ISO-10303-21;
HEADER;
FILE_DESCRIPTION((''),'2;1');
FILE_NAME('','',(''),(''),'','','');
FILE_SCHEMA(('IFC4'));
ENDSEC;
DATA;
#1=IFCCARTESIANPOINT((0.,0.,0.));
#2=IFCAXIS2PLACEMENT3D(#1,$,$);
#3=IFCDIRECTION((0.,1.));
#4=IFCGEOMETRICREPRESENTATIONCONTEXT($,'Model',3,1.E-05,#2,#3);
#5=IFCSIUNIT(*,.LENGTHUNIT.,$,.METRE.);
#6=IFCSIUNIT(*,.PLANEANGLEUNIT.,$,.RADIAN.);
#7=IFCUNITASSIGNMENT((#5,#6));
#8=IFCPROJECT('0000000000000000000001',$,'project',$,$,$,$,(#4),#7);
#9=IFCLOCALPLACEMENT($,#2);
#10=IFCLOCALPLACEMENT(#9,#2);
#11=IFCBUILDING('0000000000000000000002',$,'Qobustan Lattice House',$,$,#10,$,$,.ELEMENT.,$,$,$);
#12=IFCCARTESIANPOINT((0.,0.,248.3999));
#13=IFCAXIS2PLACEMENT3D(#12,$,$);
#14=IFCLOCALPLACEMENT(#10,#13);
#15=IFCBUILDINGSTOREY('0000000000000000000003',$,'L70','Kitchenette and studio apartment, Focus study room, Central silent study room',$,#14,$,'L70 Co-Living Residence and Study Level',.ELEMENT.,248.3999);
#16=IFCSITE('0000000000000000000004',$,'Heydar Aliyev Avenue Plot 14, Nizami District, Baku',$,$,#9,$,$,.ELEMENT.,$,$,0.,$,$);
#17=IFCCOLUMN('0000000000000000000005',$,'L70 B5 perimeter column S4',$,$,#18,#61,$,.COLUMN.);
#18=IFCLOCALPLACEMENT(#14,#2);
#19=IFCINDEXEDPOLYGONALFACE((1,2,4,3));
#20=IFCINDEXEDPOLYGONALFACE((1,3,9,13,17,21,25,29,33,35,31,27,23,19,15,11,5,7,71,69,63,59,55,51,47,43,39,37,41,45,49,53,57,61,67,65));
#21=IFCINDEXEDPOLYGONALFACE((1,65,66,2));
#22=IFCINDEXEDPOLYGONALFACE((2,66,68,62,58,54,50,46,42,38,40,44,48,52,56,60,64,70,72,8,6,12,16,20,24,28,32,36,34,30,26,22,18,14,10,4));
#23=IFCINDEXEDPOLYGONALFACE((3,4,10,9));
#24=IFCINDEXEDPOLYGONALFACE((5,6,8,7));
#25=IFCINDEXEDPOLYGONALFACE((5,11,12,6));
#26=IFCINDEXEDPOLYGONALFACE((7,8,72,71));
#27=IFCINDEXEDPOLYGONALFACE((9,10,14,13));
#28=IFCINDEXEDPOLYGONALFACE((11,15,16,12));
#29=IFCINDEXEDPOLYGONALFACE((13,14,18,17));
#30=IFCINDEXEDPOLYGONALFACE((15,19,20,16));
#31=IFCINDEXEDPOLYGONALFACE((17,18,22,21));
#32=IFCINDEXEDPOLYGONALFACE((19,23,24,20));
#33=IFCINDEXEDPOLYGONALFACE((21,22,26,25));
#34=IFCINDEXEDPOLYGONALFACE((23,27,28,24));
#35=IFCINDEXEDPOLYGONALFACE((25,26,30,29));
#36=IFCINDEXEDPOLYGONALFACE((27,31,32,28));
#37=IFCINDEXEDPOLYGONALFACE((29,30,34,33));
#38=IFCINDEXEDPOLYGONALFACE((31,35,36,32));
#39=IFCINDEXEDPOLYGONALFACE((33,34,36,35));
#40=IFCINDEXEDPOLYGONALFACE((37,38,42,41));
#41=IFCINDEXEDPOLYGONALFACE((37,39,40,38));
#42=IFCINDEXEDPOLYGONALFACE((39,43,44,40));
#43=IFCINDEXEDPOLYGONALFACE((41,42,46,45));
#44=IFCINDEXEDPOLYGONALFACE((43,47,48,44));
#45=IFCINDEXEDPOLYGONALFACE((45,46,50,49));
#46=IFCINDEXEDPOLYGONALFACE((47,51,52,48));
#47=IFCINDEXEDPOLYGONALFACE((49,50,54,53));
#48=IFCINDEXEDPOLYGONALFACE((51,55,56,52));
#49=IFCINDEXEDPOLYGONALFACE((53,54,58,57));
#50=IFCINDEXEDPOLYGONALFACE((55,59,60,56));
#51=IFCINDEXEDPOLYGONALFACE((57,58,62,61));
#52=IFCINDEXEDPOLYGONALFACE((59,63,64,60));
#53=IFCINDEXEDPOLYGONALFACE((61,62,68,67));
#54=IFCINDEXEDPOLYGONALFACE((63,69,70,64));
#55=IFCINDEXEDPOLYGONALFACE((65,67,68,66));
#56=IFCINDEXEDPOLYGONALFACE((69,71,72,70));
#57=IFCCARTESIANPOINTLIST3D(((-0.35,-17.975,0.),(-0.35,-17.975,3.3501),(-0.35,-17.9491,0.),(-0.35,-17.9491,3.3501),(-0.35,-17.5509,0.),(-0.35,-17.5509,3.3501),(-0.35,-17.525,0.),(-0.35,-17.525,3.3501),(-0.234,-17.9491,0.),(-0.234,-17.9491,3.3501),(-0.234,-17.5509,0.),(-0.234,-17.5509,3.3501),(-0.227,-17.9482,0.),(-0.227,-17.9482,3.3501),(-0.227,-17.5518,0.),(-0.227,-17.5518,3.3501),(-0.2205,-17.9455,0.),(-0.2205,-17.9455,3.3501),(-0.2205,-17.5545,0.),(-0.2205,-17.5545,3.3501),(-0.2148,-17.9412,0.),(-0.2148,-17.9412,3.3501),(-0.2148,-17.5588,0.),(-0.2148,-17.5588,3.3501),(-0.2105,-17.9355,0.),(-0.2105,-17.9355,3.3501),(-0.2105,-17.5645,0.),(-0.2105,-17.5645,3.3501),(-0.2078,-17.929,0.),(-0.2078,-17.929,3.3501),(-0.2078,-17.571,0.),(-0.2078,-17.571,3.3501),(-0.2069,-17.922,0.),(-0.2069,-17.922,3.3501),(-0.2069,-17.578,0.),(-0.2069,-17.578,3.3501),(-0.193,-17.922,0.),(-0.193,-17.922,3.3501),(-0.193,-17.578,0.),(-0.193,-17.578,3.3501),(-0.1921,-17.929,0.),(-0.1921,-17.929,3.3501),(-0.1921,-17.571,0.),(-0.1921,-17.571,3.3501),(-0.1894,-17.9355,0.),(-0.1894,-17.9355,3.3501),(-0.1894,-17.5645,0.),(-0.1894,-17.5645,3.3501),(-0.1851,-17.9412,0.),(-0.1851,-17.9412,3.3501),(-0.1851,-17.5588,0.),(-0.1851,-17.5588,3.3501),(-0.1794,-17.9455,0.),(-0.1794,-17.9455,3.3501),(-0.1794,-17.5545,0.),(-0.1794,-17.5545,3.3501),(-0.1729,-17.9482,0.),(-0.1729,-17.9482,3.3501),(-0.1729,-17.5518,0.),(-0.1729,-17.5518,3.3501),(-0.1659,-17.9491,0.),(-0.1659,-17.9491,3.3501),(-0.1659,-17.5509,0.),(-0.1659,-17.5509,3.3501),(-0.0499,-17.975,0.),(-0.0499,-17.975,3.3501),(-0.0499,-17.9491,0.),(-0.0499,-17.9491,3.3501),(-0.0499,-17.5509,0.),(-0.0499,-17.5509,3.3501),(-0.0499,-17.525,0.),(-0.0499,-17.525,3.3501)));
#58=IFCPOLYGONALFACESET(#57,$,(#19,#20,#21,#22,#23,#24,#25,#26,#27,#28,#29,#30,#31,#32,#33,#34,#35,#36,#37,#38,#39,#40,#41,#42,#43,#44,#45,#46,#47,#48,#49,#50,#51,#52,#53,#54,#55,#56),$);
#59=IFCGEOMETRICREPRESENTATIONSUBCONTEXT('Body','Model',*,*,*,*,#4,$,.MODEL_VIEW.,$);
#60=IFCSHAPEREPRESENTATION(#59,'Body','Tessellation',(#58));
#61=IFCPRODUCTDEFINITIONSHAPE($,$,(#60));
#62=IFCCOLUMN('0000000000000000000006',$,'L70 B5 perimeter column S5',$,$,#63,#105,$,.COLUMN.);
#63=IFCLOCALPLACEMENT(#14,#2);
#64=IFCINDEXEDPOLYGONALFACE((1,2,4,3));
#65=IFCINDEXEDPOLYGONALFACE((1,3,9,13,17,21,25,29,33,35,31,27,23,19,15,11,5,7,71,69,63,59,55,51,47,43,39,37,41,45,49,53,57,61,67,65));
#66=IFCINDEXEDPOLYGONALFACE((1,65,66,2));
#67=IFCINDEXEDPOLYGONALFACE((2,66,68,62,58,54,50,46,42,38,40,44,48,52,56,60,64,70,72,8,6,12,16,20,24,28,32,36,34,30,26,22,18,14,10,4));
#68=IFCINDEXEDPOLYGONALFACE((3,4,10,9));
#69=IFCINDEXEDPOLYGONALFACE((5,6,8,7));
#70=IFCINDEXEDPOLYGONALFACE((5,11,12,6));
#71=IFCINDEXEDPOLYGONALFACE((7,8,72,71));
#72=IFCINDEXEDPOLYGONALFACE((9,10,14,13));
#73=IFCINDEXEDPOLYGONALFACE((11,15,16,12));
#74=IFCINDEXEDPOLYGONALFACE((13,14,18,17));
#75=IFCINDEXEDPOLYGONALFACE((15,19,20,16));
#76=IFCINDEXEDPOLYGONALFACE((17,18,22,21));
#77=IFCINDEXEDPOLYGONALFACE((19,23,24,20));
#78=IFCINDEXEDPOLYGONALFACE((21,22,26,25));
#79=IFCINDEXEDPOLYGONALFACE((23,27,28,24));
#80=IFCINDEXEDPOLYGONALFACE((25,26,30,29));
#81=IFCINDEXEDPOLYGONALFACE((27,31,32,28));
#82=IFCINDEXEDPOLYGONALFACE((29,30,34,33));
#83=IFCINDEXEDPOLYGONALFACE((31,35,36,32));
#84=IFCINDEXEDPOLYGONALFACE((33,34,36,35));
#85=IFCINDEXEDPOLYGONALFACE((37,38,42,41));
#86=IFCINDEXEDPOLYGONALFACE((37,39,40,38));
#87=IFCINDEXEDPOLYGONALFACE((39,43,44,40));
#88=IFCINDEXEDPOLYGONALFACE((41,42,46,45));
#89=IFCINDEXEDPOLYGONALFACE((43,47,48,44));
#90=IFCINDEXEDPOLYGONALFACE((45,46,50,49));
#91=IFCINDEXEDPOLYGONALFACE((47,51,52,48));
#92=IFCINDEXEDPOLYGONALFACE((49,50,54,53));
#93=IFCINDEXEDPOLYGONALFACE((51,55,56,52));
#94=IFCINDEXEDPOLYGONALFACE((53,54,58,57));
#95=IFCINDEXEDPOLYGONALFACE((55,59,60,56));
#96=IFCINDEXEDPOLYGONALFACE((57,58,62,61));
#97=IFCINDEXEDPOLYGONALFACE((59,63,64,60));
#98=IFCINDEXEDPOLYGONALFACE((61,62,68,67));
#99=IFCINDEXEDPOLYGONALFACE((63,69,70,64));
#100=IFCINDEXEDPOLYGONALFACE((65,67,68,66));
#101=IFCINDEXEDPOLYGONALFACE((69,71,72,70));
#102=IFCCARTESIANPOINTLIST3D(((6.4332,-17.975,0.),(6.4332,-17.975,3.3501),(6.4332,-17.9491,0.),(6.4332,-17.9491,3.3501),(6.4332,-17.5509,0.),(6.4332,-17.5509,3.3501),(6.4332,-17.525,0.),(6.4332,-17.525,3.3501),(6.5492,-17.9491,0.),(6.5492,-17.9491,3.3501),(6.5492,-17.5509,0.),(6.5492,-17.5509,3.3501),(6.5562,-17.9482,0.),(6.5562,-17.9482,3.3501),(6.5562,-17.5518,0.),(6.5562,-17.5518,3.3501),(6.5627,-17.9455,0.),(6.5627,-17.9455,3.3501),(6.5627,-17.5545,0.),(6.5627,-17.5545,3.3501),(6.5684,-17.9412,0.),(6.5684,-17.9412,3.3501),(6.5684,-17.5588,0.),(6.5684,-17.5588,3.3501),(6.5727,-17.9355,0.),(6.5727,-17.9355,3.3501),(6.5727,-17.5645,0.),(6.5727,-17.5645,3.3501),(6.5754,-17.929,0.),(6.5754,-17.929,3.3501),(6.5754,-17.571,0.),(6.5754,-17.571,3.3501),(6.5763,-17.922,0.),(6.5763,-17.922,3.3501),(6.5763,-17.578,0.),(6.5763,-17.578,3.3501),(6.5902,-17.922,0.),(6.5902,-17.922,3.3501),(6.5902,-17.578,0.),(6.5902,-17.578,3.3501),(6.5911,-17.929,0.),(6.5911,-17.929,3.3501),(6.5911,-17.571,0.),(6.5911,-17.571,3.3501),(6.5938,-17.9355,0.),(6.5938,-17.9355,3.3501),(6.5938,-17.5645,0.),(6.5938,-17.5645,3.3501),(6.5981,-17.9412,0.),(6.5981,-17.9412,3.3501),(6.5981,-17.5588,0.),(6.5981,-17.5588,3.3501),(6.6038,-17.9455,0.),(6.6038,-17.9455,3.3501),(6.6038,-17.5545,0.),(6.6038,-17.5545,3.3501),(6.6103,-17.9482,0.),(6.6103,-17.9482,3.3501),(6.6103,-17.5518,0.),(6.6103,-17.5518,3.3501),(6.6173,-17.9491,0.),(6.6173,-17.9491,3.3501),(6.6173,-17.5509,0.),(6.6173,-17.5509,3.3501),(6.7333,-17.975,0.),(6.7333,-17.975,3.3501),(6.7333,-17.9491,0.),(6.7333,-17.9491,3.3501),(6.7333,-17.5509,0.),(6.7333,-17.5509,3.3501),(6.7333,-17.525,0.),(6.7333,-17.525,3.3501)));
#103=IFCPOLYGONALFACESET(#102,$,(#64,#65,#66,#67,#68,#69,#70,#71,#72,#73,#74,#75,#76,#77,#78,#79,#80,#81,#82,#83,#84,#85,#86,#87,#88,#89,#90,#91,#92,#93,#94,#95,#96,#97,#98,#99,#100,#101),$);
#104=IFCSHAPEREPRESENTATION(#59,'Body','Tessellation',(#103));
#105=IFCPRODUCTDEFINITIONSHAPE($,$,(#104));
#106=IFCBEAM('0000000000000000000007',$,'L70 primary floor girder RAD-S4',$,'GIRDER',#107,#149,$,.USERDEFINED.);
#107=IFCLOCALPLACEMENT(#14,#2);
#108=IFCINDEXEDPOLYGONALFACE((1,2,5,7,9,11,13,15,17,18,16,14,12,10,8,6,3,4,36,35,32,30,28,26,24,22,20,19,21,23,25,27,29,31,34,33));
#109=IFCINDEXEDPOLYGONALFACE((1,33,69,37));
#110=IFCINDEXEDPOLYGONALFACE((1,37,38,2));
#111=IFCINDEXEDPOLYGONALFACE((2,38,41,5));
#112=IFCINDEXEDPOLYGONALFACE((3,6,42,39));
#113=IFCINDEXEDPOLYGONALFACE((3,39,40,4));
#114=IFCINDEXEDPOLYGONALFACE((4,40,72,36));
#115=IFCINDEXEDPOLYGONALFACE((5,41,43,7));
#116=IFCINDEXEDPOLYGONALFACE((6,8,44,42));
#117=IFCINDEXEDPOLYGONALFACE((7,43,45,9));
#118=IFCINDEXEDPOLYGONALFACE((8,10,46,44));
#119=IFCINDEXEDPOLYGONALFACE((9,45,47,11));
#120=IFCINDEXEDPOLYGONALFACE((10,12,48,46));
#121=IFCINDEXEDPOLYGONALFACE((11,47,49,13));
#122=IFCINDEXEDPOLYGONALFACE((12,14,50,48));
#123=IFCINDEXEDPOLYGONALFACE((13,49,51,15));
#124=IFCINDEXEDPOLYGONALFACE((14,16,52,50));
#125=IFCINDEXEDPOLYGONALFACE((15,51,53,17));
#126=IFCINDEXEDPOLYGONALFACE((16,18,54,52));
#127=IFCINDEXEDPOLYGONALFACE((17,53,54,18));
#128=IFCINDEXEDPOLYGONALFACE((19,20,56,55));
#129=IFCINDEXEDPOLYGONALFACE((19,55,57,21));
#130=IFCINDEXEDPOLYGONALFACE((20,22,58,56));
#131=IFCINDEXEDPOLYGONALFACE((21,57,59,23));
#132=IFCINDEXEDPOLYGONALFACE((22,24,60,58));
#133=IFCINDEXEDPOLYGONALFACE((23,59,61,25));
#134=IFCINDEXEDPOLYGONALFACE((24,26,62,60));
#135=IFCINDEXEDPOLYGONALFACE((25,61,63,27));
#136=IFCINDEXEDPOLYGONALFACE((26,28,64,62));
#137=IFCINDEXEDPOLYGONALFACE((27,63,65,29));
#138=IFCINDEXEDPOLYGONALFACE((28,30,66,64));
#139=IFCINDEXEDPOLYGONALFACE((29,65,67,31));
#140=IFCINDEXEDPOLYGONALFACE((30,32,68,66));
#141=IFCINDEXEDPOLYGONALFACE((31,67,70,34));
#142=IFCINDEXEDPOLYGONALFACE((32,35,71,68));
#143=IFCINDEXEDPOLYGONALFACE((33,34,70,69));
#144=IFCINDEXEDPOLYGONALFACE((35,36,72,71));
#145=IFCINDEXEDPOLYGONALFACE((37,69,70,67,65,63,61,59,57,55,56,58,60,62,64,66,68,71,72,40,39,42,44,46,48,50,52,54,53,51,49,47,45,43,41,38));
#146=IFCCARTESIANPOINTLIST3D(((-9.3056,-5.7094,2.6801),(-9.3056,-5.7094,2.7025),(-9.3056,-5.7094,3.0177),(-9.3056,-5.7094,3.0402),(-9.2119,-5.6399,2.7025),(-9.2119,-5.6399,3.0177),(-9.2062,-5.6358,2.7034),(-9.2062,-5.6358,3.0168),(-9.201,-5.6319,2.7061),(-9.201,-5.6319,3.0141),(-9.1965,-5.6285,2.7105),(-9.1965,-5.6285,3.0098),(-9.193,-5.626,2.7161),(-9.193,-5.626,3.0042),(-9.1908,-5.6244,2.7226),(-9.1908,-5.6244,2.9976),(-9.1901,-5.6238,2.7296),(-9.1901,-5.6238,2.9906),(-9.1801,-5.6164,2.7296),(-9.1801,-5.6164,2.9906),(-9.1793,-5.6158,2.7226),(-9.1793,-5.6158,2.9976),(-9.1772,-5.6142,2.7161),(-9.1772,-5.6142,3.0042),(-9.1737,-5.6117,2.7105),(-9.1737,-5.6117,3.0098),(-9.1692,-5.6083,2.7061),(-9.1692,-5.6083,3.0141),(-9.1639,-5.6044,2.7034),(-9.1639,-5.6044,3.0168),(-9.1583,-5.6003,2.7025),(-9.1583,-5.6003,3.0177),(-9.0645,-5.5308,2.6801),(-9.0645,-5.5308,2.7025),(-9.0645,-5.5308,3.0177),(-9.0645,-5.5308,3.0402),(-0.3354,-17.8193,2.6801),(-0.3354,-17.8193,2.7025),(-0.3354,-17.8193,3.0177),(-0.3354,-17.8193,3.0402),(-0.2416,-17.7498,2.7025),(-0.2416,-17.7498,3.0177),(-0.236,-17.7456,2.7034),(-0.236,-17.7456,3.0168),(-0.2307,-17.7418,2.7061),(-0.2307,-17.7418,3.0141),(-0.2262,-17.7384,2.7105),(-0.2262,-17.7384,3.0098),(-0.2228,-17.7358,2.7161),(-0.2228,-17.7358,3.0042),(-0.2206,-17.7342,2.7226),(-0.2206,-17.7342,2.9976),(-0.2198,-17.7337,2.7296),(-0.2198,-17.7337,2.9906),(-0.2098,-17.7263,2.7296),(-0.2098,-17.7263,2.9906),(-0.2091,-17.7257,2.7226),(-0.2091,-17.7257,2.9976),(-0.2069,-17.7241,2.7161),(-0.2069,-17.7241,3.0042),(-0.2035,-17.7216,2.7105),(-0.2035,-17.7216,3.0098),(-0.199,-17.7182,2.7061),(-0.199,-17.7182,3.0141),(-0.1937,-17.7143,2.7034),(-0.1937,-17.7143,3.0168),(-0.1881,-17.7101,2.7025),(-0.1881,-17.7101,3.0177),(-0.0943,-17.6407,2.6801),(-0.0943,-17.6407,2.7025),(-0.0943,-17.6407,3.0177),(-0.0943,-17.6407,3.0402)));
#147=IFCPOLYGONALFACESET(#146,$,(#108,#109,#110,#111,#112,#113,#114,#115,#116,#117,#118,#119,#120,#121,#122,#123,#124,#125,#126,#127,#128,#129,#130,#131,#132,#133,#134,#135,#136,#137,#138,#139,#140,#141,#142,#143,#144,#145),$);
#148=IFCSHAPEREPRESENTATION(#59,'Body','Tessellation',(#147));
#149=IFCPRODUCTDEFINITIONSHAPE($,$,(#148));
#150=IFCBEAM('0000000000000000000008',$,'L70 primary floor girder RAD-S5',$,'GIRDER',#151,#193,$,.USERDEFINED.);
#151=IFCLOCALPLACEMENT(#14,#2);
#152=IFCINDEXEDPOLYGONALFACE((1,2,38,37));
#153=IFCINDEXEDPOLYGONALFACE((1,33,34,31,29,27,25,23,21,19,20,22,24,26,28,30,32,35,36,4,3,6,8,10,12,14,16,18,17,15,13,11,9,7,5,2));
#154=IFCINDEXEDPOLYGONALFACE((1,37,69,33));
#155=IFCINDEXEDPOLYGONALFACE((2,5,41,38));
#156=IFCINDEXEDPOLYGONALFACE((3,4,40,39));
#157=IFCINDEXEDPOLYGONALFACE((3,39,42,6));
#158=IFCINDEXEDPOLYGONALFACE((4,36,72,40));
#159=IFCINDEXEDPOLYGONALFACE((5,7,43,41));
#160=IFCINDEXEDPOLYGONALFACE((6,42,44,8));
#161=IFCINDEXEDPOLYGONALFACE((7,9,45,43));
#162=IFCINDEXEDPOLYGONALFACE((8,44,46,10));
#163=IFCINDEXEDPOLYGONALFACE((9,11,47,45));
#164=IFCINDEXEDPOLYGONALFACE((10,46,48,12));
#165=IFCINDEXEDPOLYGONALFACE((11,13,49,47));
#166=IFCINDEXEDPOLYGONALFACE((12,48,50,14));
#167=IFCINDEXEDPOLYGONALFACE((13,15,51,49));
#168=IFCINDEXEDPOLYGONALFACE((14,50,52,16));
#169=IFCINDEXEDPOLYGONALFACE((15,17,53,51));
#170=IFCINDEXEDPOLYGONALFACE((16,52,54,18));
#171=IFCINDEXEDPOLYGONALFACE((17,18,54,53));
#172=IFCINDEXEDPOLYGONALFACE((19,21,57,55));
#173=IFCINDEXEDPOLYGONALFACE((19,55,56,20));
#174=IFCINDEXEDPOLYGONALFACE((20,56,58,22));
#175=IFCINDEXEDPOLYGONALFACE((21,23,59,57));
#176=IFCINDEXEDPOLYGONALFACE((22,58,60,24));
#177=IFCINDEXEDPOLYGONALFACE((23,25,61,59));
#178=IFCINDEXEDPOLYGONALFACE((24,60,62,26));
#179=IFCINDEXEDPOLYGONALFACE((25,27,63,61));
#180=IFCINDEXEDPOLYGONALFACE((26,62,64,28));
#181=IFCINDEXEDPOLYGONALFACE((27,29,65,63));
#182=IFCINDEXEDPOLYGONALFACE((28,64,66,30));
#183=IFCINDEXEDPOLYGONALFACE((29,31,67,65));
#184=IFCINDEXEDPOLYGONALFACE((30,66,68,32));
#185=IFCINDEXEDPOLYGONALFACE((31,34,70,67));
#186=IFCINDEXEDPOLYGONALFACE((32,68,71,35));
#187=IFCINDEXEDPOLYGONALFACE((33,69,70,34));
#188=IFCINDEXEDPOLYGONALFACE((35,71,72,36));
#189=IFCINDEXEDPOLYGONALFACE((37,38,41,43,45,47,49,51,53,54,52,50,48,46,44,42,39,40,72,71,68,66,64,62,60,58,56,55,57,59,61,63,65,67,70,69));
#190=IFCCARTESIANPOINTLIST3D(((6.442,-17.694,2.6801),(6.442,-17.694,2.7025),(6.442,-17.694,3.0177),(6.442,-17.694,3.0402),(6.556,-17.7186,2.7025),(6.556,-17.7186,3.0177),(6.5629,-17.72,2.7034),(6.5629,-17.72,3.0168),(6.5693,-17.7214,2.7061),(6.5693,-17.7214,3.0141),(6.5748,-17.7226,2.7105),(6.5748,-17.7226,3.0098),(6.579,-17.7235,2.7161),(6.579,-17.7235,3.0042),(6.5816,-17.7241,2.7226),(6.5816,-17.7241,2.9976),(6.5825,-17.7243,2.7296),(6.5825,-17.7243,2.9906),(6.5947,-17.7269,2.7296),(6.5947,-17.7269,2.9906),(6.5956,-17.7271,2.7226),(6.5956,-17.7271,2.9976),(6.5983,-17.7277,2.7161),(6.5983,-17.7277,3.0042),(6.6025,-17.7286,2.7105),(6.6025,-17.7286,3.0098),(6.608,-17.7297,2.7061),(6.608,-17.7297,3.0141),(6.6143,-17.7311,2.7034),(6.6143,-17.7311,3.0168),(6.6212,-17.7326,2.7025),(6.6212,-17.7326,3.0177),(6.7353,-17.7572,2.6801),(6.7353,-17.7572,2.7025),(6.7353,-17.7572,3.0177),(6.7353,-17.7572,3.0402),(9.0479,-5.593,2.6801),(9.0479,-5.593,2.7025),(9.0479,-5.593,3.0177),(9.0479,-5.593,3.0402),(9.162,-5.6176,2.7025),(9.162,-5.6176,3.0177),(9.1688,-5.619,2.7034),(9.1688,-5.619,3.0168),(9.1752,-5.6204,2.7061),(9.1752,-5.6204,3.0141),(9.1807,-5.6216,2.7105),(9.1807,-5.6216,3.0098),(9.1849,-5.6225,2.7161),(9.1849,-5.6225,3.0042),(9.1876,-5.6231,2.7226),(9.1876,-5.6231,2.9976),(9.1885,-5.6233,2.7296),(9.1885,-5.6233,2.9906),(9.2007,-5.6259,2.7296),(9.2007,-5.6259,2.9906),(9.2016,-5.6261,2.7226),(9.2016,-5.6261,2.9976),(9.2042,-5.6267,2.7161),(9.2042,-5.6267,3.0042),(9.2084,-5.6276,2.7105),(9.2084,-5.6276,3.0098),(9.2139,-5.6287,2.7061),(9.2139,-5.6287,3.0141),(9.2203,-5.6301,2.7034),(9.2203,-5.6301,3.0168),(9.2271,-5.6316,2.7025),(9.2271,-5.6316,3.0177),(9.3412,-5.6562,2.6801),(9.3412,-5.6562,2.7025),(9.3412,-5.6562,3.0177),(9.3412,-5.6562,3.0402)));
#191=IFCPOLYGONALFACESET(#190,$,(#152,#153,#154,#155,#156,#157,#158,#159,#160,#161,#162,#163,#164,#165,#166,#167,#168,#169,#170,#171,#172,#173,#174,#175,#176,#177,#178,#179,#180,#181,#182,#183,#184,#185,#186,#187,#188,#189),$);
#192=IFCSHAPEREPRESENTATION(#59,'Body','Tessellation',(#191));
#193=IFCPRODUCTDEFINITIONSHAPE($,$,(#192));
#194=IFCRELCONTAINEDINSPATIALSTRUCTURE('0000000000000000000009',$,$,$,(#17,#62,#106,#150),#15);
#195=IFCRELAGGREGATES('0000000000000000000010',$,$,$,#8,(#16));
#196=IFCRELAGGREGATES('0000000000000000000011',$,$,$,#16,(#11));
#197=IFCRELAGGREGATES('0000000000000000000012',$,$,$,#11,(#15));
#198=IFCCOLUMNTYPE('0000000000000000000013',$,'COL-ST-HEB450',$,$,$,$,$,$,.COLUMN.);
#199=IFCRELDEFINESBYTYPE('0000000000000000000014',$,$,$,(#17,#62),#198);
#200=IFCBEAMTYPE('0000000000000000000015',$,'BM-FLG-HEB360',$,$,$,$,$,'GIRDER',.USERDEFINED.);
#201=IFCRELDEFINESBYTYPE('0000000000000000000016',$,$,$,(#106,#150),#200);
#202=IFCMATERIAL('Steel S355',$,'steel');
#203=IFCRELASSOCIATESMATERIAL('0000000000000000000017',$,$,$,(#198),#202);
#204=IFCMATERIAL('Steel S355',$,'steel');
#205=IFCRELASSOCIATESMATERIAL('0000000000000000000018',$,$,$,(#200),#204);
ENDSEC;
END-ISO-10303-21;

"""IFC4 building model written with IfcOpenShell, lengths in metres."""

from ifc_helpers import new_model, si_unit, direction, frame, origin, origin_2d, place, context, subcontext, project, spatial, i_section, extrude, material, material_profile, profile_set, type_object, element, save


model = new_model("IFC4")

# Units and contexts
model_context = context("Model", 3, precision=1e-05, world=origin(), true_north=direction((0.0, 1.0)))
body_context = subcontext(model_context, "Body", "Model", "MODEL_VIEW")
ifc_project = project(units=[si_unit("LENGTHUNIT", "METRE"), si_unit("PLANEANGLEUNIT", "RADIAN")], contexts=[model_context])

# Site, building, storey
site_placement = place(None, origin())
site = spatial("IfcSite", under=ifc_project, at=site_placement, Name="Heydar Aliyev Avenue Plot 14, Nizami District, Baku", CompositionType="ELEMENT", RefElevation=0.0)
building_placement = place(site_placement, origin())
building = spatial("IfcBuilding", under=site, at=building_placement, Name="Qobustan Lattice House", CompositionType="ELEMENT")
storey_placement = place(building_placement, frame((0.0, 0.0, 248.3999)))
storey = spatial("IfcBuildingStorey", under=building, at=storey_placement, Name="L70", Description="Kitchenette and studio apartment, Focus study room, Central silent study room", LongName="L70 Co-Living Residence and Study Level", CompositionType="ELEMENT", Elevation=248.3999)

# Columns
ifc_material_1 = material(Name="Steel S355", Category="steel")
ifc_material_profile_1 = material_profile(ifc_material_1, i_section(OverallWidth=0.3, OverallDepth=0.45, WebThickness=0.0139, FlangeThickness=0.0259, FilletRadius=0.0271, at=origin_2d()), Name="HEB450")
ifc_profile_set_1 = profile_set([ifc_material_profile_1], Name="Steel S355")
column_type = type_object("IfcColumnType", Name="COL-ST-HEB450", PredefinedType="COLUMN", material=ifc_profile_set_1)
for number, where, z_axis, x_axis, name in (
    (1, (-0.2, -17.75, 0.0), (0.0, 0.0, 1.0), (1.0, 0.0, 0.0), "L70 B5 perimeter column S4"),
    (2, (6.5833, -17.75, 0.0), (0.0, 0.0, 1.0), (1.0, 0.0, 0.0), "L70 B5 perimeter column S5"),
):
    element("IfcColumn", number, at=place(storey_placement, frame(where, z_axis=z_axis, x_axis=x_axis)), inside=storey, type_object=column_type, Name=name, PredefinedType="COLUMN", context=body_context, shape_type="SweptSolid", body=[
        extrude(i_section(OverallWidth=0.3, OverallDepth=0.45, WebThickness=0.0139, FlangeThickness=0.0259, FilletRadius=0.0271, at=origin_2d()), origin(), (0.0, 0.0, 1.0), 3.3501),
    ])

# Beams
ifc_material_2 = material(Name="Steel S355", Category="steel")
ifc_material_profile_2 = material_profile(ifc_material_2, i_section(OverallWidth=0.3, OverallDepth=0.3601, WebThickness=0.0125, FlangeThickness=0.0225, FilletRadius=0.0271, at=origin_2d()), Name="HEB360")
ifc_profile_set_2 = profile_set([ifc_material_profile_2], Name="Steel S355")
beam_type_1 = type_object("IfcBeamType", Name="BM-FLG-HEB360", ElementType="GIRDER", PredefinedType="USERDEFINED", material=ifc_profile_set_2)
beam_1_placement = place(storey_placement, frame((-0.2148, -17.73, 2.8601), z_axis=(-0.595225, 0.803559, 0.0), x_axis=(-0.803559, -0.595225, 0.0)))
element("IfcBeam", 3, at=beam_1_placement, inside=storey, type_object=beam_type_1, Name="L70 primary floor girder RAD-S4", ObjectType="GIRDER", PredefinedType="USERDEFINED", context=body_context, shape_type="SweptSolid", body=[
    extrude(i_section(OverallWidth=0.3, OverallDepth=0.3601, WebThickness=0.0125, FlangeThickness=0.0225, FilletRadius=0.0271, at=origin_2d()), origin(), (0.0, 0.0, 1.0), 15.0703),
])
beam_2_placement = place(storey_placement, frame((6.5886, -17.7256, 2.8601), z_axis=(0.210523, 0.977589, 0.0), x_axis=(-0.977589, 0.210523, 0.0)))
element("IfcBeam", 4, at=beam_2_placement, inside=storey, type_object=beam_type_1, Name="L70 primary floor girder RAD-S5", ObjectType="GIRDER", PredefinedType="USERDEFINED", context=body_context, shape_type="SweptSolid", body=[
    extrude(i_section(OverallWidth=0.3, OverallDepth=0.3601, WebThickness=0.0125, FlangeThickness=0.0225, FilletRadius=0.0271, at=origin_2d()), origin(), (0.0, 0.0, 1.0), 12.3784),
])

save(model, "model.ifc")
